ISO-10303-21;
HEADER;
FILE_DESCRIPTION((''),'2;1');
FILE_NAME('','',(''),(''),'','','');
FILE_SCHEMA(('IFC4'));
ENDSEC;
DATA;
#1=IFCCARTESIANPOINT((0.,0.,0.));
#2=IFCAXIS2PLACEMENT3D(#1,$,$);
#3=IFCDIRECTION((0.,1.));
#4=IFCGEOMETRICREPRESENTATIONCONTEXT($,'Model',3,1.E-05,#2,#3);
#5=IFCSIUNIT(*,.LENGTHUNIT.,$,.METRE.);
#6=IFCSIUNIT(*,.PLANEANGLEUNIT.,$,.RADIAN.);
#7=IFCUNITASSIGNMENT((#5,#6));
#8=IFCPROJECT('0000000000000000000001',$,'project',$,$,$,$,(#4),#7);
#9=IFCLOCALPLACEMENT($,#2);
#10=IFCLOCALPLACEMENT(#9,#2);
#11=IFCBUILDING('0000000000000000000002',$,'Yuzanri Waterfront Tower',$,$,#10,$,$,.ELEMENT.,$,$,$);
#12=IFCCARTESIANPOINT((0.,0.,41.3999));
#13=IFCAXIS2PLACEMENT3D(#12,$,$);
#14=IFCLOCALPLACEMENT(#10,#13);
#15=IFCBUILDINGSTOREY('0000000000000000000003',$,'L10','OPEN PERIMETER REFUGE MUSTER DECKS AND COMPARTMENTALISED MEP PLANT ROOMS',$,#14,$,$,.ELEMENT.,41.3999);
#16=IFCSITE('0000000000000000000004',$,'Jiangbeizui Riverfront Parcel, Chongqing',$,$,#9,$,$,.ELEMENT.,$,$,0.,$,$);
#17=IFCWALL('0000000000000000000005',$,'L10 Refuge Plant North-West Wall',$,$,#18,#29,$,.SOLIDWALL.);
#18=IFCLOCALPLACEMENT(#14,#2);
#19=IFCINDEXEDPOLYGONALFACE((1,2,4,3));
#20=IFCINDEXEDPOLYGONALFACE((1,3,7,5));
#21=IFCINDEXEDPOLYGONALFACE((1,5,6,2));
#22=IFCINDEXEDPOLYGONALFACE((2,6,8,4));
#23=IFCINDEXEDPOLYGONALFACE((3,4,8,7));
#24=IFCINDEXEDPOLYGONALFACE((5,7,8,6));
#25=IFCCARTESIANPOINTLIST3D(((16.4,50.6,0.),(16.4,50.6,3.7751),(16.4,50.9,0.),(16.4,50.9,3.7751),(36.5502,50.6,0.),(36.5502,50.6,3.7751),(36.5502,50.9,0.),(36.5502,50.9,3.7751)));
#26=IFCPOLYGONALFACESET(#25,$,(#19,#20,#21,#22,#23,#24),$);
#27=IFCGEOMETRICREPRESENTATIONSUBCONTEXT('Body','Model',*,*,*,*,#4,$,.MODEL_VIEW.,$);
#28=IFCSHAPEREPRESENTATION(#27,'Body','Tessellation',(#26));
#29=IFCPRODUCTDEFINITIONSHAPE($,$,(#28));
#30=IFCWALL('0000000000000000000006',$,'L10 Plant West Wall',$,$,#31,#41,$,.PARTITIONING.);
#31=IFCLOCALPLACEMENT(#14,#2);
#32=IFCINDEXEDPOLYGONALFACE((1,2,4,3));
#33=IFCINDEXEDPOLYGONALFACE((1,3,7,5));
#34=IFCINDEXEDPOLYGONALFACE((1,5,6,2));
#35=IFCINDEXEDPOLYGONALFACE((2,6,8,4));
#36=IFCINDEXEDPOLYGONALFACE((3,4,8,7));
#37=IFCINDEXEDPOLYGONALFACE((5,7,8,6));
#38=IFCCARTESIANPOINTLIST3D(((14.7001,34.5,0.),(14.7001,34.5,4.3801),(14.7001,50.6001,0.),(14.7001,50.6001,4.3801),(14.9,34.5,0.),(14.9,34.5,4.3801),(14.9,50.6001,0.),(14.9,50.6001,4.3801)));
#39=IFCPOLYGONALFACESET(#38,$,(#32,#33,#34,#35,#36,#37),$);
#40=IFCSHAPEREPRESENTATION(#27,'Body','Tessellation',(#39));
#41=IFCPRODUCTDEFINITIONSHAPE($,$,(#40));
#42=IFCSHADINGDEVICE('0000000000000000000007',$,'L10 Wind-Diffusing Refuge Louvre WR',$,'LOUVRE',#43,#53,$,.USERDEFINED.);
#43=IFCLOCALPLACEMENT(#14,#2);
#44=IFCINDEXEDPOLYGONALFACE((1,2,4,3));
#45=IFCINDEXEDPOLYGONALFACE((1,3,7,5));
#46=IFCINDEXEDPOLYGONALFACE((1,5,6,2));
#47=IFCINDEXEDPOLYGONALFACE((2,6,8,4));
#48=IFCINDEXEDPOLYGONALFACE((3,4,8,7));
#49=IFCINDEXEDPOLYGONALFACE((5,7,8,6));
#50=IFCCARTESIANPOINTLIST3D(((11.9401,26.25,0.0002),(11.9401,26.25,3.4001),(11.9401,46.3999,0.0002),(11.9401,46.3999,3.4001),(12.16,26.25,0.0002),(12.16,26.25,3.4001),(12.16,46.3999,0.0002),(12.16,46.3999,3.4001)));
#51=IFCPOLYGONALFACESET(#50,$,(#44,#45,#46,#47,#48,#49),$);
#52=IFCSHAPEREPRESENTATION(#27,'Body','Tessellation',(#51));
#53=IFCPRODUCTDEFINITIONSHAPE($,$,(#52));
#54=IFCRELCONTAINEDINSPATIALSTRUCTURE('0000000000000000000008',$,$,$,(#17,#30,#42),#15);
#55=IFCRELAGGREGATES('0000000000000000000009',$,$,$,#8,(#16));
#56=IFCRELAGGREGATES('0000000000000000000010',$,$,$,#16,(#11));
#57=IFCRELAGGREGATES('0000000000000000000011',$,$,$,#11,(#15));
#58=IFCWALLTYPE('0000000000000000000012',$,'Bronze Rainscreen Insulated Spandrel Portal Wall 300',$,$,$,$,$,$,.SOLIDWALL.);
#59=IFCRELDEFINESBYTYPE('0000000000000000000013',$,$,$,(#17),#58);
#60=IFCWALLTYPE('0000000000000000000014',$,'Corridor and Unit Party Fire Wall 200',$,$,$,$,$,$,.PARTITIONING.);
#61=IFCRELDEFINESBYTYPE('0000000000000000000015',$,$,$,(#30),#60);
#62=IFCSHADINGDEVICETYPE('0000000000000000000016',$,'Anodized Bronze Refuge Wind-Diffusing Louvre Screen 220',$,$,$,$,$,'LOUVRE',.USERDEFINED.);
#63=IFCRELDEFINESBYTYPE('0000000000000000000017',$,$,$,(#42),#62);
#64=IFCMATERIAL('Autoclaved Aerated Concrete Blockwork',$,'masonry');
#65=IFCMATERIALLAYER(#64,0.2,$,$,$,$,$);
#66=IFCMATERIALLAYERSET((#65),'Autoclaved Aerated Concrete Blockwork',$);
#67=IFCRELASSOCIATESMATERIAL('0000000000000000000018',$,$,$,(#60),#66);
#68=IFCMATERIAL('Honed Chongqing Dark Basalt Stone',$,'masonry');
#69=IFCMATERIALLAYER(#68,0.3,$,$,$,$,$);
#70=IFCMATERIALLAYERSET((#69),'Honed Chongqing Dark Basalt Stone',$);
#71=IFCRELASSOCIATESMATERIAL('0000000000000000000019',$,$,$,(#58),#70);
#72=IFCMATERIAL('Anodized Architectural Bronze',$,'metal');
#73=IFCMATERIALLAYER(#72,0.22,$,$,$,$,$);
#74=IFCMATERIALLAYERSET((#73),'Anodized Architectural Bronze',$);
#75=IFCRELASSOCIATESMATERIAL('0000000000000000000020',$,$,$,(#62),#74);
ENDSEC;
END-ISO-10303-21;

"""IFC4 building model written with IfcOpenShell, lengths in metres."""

from ifc_helpers import new_model, si_unit, direction, frame, frame_2d, origin, origin_2d, place, context, subcontext, project, spatial, rectangle, extrude, source, transform, mapped, material, layer, layer_set, type_object, element, save


model = new_model("IFC4")

# Units and contexts
model_context = context("Model", 3, precision=1e-05, world=origin(), true_north=direction((0.0, 1.0)))
body_context = subcontext(model_context, "Body", "Model", "MODEL_VIEW")
ifc_project = project(units=[si_unit("LENGTHUNIT", "METRE"), si_unit("PLANEANGLEUNIT", "RADIAN")], contexts=[model_context])

# Site, building, storey
site_placement = place(None, origin())
site = spatial("IfcSite", under=ifc_project, at=site_placement, Name="Jiangbeizui Riverfront Parcel, Chongqing", CompositionType="ELEMENT", RefElevation=0.0)
building_placement = place(site_placement, origin())
building = spatial("IfcBuilding", under=site, at=building_placement, Name="Yuzanri Waterfront Tower", CompositionType="ELEMENT")
storey_placement = place(building_placement, frame((0.0, 0.0, 41.3999)))
storey = spatial("IfcBuildingStorey", under=building, at=storey_placement, Name="L10", Description="OPEN PERIMETER REFUGE MUSTER DECKS AND COMPARTMENTALISED MEP PLANT ROOMS", CompositionType="ELEMENT", Elevation=41.3999)

# Shared definitions
ifc_material_1 = material(Name="Autoclaved Aerated Concrete Blockwork", Category="masonry")
ifc_layer_1 = layer(ifc_material_1, 0.2)
ifc_layer_set_1 = layer_set([ifc_layer_1], Name="Autoclaved Aerated Concrete Blockwork")
wall_type_1 = type_object("IfcWallType", Name="Corridor and Unit Party Fire Wall 200", PredefinedType="PARTITIONING", material=ifc_layer_set_1)

# Walls
ifc_material_2 = material(Name="Honed Chongqing Dark Basalt Stone", Category="masonry")
ifc_layer_2 = layer(ifc_material_2, 0.3)
ifc_layer_set_2 = layer_set([ifc_layer_2], Name="Honed Chongqing Dark Basalt Stone")
wall_type_2 = type_object("IfcWallType", Name="Bronze Rainscreen Insulated Spandrel Portal Wall 300", PredefinedType="SOLIDWALL", material=ifc_layer_set_2)
shared_shape_1 = source(origin(), body_context, "Body", "SweptSolid", [
    extrude(rectangle(XDim=20.1501, YDim=0.3, at=frame_2d((10.0752, 0.0))), origin(), (0.0, 0.0, 1.0), 3.7751),
])
wall_1_placement = place(storey_placement, frame((16.3999, 50.75, 0.0), z_axis=(0.0, 0.0, 1.0), x_axis=(1.0, 0.0, 0.0)))
element("IfcWall", 1, at=wall_1_placement, inside=storey, type_object=wall_type_2, Name="L10 Refuge Plant North-West Wall", PredefinedType="SOLIDWALL", context=body_context, shape_type="MappedRepresentation", body=[
    mapped(shared_shape_1, transform((0.0, 0.0, 0.0), scale=1.0)),
])
shared_shape_2 = source(origin(), body_context, "Body", "SweptSolid", [
    extrude(rectangle(XDim=16.1001, YDim=0.2, at=frame_2d((8.05, 0.0))), origin(), (0.0, 0.0, 1.0), 4.3801),
])
wall_2_placement = place(storey_placement, frame((14.8, 34.5, 0.0), z_axis=(0.0, 0.0, 1.0), x_axis=(0.0, 1.0, 0.0)))
element("IfcWall", 2, at=wall_2_placement, inside=storey, type_object=wall_type_1, Name="L10 Plant West Wall", PredefinedType="PARTITIONING", context=body_context, shape_type="MappedRepresentation", body=[
    mapped(shared_shape_2, transform((0.0, 0.0, 0.0), scale=1.0)),
])

# Shading device
ifc_material_3 = material(Name="Anodized Architectural Bronze", Category="metal")
ifc_layer_3 = layer(ifc_material_3, 0.22)
ifc_layer_set_3 = layer_set([ifc_layer_3], Name="Anodized Architectural Bronze")
shading_device_type = type_object("IfcShadingDeviceType", Name="Anodized Bronze Refuge Wind-Diffusing Louvre Screen 220", ElementType="LOUVRE", PredefinedType="USERDEFINED", material=ifc_layer_set_3)
shared_shape_3 = source(origin(), body_context, "Body", "SweptSolid", [
    extrude(rectangle(XDim=0.22, YDim=20.1499, at=origin_2d()), origin(), (0.0, 0.0, 1.0), 3.3999),
])
shading_device_placement = place(storey_placement, frame((12.05, 36.325, 0.0002), z_axis=(0.0, 0.0, 1.0), x_axis=(1.0, 0.0, 0.0)))
element("IfcShadingDevice", 3, at=shading_device_placement, inside=storey, type_object=shading_device_type, Name="L10 Wind-Diffusing Refuge Louvre WR", ObjectType="LOUVRE", PredefinedType="USERDEFINED", context=body_context, shape_type="MappedRepresentation", body=[
    mapped(shared_shape_3, transform((0.0, 0.0, 0.0), scale=1.0)),
])

save(model, "model.ifc")
